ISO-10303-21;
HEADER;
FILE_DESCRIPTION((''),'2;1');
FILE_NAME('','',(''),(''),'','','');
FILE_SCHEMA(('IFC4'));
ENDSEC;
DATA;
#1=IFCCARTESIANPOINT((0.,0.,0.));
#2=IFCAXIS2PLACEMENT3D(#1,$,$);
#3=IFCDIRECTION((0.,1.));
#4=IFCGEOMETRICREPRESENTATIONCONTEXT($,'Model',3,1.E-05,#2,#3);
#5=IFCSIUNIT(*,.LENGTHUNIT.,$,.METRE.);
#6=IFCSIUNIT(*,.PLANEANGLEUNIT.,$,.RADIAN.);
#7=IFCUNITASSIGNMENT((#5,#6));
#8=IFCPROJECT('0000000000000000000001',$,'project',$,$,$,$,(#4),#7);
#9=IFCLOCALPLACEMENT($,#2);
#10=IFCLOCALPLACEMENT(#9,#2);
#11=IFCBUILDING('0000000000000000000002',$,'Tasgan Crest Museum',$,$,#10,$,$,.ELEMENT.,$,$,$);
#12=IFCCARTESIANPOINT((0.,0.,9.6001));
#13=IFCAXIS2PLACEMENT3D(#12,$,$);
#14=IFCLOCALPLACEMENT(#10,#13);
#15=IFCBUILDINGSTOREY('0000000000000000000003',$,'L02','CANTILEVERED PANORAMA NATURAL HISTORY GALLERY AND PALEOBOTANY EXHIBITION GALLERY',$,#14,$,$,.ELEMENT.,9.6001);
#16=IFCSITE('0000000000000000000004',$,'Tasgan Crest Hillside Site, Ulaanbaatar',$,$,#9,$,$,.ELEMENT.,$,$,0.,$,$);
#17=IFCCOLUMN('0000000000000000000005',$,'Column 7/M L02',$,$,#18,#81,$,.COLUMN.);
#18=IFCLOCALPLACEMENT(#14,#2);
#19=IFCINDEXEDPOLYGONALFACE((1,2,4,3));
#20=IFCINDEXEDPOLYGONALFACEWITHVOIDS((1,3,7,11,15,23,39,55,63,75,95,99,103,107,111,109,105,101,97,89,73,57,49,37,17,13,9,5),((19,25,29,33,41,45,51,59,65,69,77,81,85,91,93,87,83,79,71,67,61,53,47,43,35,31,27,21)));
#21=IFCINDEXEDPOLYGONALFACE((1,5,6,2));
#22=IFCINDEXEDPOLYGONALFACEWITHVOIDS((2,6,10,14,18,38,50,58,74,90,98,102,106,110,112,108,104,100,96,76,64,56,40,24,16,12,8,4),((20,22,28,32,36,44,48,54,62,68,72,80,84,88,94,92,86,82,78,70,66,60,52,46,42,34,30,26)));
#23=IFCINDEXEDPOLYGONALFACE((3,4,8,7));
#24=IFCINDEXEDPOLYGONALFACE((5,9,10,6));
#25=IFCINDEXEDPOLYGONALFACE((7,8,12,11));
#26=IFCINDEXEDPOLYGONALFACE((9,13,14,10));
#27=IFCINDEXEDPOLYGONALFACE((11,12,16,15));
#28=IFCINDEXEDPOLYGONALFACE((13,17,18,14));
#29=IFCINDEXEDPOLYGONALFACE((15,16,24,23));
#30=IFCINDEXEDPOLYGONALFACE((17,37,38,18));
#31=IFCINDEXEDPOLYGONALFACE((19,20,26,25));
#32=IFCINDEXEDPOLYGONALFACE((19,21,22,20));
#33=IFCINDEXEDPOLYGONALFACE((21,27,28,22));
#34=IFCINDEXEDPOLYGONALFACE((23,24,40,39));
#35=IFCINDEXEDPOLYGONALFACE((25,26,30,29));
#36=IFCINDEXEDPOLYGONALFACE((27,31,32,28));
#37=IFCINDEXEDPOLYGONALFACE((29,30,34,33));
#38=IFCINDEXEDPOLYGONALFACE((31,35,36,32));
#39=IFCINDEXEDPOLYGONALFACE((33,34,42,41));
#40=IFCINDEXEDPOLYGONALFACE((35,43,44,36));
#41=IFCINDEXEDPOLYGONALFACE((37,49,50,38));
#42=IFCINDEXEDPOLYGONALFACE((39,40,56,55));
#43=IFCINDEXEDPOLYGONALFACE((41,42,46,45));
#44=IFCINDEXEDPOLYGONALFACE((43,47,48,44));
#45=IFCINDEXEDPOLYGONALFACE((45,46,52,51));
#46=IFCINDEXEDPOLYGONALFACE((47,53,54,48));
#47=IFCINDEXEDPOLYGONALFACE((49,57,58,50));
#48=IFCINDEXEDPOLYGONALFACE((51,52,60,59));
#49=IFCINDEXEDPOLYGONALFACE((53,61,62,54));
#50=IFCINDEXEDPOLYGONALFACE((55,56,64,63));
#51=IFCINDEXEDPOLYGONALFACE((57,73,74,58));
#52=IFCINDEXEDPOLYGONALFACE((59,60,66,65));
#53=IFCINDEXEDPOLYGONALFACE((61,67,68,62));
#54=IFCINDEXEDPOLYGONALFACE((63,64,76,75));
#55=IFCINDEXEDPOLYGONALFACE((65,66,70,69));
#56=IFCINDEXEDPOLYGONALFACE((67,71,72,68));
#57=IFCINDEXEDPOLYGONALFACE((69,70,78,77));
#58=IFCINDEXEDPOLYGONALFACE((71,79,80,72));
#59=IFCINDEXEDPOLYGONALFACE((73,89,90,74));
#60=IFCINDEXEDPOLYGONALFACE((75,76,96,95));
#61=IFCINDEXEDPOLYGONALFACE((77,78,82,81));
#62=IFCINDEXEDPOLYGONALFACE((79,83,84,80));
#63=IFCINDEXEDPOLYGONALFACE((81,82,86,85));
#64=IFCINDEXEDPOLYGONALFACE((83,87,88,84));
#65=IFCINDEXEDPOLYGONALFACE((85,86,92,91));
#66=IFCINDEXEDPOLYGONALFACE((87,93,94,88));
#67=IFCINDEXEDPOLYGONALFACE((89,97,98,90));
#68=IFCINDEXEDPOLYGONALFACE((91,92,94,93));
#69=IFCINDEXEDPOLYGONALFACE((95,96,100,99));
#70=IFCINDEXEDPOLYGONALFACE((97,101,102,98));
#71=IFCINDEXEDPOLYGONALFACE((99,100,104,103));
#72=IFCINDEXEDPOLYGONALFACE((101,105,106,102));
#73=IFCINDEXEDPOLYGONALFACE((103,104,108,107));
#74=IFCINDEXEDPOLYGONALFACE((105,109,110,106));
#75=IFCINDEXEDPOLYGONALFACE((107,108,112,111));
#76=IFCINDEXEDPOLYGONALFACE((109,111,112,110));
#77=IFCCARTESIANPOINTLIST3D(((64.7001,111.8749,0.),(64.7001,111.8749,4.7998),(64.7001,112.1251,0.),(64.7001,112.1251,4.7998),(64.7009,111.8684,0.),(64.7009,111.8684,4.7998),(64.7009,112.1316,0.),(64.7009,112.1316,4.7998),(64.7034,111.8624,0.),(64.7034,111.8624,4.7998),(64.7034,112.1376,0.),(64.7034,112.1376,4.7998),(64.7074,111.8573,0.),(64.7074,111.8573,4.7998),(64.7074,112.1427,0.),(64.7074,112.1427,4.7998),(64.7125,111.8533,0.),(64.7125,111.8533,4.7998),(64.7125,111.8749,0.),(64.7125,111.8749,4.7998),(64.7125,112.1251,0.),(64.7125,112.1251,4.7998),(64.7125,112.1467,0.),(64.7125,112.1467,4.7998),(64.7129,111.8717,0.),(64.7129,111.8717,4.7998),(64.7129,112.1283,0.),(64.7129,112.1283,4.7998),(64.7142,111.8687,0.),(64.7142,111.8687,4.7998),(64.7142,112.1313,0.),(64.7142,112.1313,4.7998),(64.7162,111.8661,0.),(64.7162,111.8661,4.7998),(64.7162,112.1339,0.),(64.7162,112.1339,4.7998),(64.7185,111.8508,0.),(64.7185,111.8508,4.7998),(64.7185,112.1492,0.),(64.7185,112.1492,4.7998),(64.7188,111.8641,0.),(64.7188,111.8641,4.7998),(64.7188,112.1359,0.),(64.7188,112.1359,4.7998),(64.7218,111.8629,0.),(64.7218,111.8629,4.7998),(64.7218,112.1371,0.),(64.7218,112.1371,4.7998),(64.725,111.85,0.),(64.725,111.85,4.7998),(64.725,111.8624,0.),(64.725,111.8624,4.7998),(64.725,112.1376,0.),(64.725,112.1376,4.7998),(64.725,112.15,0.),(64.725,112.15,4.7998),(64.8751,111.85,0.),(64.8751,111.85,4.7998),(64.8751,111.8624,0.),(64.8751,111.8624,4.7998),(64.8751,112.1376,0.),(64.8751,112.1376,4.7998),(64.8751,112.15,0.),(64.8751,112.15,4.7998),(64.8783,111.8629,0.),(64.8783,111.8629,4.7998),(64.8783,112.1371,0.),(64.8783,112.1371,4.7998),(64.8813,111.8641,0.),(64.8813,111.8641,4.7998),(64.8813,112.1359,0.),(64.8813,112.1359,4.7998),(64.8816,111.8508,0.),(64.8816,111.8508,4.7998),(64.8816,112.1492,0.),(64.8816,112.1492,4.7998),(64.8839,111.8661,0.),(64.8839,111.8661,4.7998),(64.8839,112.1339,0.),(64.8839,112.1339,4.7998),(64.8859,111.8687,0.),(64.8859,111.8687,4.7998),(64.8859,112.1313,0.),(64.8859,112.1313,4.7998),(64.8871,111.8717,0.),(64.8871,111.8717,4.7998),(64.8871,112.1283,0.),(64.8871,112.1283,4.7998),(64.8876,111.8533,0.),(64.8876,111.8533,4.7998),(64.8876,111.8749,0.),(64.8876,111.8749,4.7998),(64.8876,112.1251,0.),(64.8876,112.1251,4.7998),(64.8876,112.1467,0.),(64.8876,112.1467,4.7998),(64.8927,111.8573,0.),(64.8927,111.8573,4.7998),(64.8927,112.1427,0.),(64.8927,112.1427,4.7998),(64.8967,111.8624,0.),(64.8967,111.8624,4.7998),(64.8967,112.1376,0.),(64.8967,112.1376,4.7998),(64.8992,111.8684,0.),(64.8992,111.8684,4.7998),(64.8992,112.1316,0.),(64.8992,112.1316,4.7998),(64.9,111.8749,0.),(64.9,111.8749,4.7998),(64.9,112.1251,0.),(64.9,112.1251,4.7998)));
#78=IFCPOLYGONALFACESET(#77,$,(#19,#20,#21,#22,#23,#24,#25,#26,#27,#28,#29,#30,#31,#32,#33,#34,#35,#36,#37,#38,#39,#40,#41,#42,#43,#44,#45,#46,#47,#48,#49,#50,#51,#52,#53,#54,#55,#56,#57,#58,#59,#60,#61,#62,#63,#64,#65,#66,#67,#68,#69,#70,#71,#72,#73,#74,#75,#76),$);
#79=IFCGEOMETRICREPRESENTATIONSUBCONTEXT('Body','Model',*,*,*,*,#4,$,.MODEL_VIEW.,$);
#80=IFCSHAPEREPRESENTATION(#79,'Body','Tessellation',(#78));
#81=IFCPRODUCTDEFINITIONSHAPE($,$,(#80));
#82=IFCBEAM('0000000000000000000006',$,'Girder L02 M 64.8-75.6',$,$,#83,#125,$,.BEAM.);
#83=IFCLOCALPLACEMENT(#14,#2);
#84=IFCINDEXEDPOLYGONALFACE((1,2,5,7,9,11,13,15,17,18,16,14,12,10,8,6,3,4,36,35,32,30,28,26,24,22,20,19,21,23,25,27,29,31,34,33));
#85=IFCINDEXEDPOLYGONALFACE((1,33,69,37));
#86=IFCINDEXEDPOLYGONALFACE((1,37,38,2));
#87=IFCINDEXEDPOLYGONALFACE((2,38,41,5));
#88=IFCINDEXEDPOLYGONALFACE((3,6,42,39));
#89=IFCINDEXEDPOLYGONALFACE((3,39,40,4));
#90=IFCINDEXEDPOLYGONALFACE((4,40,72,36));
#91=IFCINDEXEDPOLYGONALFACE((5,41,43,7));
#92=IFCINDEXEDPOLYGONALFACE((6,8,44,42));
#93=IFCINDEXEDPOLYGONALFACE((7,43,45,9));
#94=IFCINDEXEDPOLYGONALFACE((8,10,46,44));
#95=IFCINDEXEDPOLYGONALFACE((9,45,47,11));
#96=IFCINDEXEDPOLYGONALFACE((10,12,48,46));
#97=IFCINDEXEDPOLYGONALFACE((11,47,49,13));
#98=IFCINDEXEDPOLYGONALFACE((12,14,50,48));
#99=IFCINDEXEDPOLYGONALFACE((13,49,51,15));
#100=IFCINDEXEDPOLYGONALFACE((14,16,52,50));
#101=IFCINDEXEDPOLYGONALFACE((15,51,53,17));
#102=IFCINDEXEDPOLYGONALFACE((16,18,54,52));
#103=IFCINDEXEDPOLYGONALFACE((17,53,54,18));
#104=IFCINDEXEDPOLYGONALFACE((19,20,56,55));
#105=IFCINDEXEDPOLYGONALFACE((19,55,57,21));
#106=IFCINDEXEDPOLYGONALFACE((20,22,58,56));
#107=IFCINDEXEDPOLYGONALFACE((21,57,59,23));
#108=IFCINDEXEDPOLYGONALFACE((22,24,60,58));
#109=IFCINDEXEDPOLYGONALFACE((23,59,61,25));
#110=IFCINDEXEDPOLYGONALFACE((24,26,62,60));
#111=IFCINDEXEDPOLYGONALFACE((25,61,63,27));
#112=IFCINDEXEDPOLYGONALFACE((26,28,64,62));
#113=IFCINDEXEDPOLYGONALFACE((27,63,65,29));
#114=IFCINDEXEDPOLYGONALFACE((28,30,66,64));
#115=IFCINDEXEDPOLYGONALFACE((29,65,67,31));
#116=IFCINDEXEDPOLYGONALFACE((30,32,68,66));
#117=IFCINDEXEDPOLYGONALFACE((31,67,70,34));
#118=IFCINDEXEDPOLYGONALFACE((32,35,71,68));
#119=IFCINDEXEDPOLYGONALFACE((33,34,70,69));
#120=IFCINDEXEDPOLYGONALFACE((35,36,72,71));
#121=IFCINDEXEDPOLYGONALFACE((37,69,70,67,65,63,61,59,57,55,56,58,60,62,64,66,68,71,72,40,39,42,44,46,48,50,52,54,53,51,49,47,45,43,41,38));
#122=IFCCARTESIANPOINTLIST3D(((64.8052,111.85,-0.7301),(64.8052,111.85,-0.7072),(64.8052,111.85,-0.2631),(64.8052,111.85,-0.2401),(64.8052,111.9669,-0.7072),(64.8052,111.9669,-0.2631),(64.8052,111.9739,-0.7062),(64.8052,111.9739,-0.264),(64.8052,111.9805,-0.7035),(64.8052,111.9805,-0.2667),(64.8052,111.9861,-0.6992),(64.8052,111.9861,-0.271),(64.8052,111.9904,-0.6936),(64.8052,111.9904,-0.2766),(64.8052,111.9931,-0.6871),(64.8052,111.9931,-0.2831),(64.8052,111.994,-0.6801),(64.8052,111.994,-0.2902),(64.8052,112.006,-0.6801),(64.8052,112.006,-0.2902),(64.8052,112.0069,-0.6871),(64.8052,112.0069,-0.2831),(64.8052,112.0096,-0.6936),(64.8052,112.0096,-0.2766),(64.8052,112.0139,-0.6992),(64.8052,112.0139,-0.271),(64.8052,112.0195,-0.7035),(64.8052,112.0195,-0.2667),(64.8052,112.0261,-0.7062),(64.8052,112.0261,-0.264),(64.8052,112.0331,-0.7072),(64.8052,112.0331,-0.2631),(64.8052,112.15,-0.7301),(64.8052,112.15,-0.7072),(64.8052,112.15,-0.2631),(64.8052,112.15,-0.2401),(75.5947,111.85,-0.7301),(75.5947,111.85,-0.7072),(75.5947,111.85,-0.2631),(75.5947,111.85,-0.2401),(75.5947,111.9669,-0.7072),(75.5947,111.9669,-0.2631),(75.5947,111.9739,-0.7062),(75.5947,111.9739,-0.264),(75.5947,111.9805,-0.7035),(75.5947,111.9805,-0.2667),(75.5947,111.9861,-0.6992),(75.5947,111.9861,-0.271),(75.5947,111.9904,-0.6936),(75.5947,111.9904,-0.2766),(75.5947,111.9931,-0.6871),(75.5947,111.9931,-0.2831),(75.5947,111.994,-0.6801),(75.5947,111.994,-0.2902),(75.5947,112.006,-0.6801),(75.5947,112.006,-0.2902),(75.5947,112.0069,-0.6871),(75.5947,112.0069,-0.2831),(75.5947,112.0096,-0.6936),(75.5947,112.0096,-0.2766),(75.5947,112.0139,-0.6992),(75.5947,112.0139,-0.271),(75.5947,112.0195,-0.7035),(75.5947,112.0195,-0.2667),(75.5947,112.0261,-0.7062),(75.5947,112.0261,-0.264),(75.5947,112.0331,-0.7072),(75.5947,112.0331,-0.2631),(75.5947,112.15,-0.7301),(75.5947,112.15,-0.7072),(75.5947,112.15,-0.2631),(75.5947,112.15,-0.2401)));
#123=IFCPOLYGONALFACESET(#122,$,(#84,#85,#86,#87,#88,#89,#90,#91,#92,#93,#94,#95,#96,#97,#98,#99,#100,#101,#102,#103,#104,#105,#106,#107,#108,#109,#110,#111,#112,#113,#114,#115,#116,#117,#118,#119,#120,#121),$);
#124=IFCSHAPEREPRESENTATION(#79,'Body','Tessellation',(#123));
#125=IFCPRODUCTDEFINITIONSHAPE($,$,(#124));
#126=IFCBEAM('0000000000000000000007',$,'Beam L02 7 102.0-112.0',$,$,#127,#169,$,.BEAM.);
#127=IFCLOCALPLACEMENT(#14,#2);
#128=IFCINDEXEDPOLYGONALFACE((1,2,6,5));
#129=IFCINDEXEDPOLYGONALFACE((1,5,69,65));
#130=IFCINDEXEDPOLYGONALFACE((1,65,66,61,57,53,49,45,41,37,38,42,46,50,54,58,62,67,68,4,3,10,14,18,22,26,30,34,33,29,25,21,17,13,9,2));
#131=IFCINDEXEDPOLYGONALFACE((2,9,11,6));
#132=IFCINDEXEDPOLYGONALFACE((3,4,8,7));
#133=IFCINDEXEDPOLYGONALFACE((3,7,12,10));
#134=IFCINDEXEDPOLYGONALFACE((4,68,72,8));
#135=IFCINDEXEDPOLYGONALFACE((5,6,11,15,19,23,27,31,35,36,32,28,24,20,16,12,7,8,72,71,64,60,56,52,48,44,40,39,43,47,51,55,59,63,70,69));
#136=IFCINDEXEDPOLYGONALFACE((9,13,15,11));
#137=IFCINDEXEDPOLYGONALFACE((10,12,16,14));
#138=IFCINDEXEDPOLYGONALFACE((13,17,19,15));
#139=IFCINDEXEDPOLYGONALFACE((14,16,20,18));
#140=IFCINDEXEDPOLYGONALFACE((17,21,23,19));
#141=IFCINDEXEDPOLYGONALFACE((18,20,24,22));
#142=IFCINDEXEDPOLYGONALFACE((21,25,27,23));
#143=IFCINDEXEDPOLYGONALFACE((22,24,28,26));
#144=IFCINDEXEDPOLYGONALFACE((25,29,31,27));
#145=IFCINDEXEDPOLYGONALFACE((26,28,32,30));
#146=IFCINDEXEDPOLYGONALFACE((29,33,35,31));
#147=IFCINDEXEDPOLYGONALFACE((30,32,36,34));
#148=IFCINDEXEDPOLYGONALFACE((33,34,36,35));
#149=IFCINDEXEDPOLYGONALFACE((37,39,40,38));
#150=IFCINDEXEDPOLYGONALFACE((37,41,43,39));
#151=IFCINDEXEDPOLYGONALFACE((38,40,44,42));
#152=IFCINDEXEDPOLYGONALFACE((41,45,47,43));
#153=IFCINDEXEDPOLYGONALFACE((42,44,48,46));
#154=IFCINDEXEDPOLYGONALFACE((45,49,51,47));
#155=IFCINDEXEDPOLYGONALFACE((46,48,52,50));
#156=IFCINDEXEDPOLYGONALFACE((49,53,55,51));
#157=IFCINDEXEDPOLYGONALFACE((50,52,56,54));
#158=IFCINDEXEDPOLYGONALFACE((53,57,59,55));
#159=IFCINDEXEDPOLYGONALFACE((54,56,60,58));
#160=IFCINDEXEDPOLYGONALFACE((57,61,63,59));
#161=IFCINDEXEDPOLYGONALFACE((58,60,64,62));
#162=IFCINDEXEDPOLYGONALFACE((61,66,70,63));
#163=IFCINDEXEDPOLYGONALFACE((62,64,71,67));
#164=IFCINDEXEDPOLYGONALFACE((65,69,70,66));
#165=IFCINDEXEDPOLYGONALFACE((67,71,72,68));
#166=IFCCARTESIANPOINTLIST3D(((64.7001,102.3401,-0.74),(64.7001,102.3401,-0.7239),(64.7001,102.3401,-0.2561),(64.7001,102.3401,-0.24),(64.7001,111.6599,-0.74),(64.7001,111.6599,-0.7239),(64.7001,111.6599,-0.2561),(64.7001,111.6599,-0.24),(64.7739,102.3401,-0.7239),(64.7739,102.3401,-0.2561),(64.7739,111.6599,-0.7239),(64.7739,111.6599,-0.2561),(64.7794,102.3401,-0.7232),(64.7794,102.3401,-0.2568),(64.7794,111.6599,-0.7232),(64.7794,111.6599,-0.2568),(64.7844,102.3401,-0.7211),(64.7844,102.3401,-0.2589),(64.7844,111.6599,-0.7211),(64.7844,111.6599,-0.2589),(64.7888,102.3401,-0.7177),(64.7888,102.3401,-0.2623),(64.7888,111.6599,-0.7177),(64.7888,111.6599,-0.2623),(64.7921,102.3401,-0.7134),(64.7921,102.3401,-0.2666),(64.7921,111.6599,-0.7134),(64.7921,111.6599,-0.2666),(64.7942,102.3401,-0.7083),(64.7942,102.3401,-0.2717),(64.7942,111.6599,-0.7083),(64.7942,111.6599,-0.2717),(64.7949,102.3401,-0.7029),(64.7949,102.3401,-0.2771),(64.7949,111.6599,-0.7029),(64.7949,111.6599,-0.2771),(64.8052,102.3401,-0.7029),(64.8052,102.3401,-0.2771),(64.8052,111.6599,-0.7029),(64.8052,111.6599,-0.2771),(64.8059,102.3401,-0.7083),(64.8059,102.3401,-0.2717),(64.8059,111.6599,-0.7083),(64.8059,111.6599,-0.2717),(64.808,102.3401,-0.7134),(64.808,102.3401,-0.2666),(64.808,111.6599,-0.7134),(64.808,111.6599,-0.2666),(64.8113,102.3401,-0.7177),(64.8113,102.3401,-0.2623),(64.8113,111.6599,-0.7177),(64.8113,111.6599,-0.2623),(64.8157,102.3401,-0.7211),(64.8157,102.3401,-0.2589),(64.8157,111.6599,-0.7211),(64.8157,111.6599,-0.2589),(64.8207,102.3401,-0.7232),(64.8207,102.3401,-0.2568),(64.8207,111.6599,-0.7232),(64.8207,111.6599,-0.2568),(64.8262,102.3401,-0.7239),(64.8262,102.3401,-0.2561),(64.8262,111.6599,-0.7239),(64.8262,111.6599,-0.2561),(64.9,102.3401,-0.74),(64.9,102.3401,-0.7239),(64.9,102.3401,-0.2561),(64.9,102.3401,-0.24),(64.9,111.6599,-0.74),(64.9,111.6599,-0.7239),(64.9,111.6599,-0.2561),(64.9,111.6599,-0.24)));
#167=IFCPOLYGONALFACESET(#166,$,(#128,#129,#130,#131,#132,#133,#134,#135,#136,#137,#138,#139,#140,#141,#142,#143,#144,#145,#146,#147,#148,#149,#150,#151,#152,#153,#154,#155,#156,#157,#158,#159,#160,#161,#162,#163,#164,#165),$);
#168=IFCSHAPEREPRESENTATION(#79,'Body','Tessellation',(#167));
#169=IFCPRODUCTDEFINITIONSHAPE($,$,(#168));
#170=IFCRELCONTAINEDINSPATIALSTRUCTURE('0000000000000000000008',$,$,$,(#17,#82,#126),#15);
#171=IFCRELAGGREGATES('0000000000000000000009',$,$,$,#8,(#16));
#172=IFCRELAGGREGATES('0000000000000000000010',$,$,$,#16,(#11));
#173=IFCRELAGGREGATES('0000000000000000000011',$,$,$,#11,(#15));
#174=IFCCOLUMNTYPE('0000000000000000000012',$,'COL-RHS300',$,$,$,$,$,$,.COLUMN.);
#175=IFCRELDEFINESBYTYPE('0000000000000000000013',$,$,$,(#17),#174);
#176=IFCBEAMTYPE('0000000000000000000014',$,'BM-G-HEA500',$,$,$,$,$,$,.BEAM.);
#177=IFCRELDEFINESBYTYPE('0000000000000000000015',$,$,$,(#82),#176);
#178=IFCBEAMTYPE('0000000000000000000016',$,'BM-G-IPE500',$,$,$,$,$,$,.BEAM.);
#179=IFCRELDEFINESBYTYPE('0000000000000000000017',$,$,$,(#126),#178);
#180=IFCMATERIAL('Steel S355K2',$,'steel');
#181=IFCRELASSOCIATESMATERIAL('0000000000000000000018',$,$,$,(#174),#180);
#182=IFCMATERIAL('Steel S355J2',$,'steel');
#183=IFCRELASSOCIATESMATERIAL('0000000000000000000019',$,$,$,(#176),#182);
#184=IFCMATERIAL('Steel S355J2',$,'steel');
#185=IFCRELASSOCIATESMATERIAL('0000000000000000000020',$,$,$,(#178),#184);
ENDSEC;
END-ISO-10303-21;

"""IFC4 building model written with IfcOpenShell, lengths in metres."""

from ifc_helpers import new_model, si_unit, direction, frame, origin, origin_2d, place, context, subcontext, project, spatial, hollow_rectangle, i_section, extrude, material, material_profile, profile_set, type_object, element, save


model = new_model("IFC4")

# Units and contexts
model_context = context("Model", 3, precision=1e-05, world=origin(), true_north=direction((0.0, 1.0)))
body_context = subcontext(model_context, "Body", "Model", "MODEL_VIEW")
ifc_project = project(units=[si_unit("LENGTHUNIT", "METRE"), si_unit("PLANEANGLEUNIT", "RADIAN")], contexts=[model_context])

# Site, building, storey
site_placement = place(None, origin())
site = spatial("IfcSite", under=ifc_project, at=site_placement, Name="Tasgan Crest Hillside Site, Ulaanbaatar", CompositionType="ELEMENT", RefElevation=0.0)
building_placement = place(site_placement, origin())
building = spatial("IfcBuilding", under=site, at=building_placement, Name="Tasgan Crest Museum", CompositionType="ELEMENT")
storey_placement = place(building_placement, frame((0.0, 0.0, 9.6001)))
storey = spatial("IfcBuildingStorey", under=building, at=storey_placement, Name="L02", Description="CANTILEVERED PANORAMA NATURAL HISTORY GALLERY AND PALEOBOTANY EXHIBITION GALLERY", CompositionType="ELEMENT", Elevation=9.6001)

# Column
ifc_material_1 = material(Name="Steel S355K2", Category="steel")
ifc_material_profile_1 = material_profile(ifc_material_1, hollow_rectangle(XDim=0.2, YDim=0.3, WallThickness=0.0125, InnerFilletRadius=0.0125, OuterFilletRadius=0.0249, at=origin_2d()), Name="RHS 300x200x12.5")
ifc_profile_set_1 = profile_set([ifc_material_profile_1], Name="Steel S355K2")
column_type = type_object("IfcColumnType", Name="COL-RHS300", PredefinedType="COLUMN", material=ifc_profile_set_1)
column_placement = place(storey_placement, frame((64.8, 112.0, 0.0), z_axis=(0.0, 0.0, 1.0), x_axis=(1.0, 0.0, 0.0)))
element("IfcColumn", 1, at=column_placement, inside=storey, type_object=column_type, Name="Column 7/M L02", PredefinedType="COLUMN", context=body_context, shape_type="SweptSolid", body=[
    extrude(hollow_rectangle(XDim=0.2, YDim=0.3, WallThickness=0.0125, InnerFilletRadius=0.0125, OuterFilletRadius=0.0249, at=origin_2d()), origin(), (0.0, 0.0, 1.0), 4.7998),
])

# Beams
ifc_material_2 = material(Name="Steel S355J2", Category="steel")
ifc_material_profile_2 = material_profile(ifc_material_2, i_section(OverallWidth=0.3, OverallDepth=0.49, WebThickness=0.012, FlangeThickness=0.0229, FilletRadius=0.0271, at=origin_2d()), Name="HEA 500")
ifc_profile_set_2 = profile_set([ifc_material_profile_2], Name="Steel S355J2")
beam_type_1 = type_object("IfcBeamType", Name="BM-G-HEA500", PredefinedType="BEAM", material=ifc_profile_set_2)
beam_1_placement = place(storey_placement, frame((64.8052, 112.0, -0.4851), z_axis=(1.0, 0.0, 0.0), x_axis=(0.0, 1.0, 0.0)))
element("IfcBeam", 2, at=beam_1_placement, inside=storey, type_object=beam_type_1, Name="Girder L02 M 64.8-75.6", PredefinedType="BEAM", context=body_context, shape_type="SweptSolid", body=[
    extrude(i_section(OverallWidth=0.3, OverallDepth=0.49, WebThickness=0.012, FlangeThickness=0.0229, FilletRadius=0.0271, at=origin_2d()), origin(), (0.0, 0.0, 1.0), 10.7896),
])
ifc_material_3 = material(Name="Steel S355J2", Category="steel")
ifc_material_profile_3 = material_profile(ifc_material_3, i_section(OverallWidth=0.2, OverallDepth=0.5, WebThickness=0.0103, FlangeThickness=0.0161, FilletRadius=0.021, at=origin_2d()), Name="IPE 500")
ifc_profile_set_3 = profile_set([ifc_material_profile_3], Name="Steel S355J2")
beam_type_2 = type_object("IfcBeamType", Name="BM-G-IPE500", PredefinedType="BEAM", material=ifc_profile_set_3)
beam_2_placement = place(storey_placement, frame((64.8, 102.3401, -0.49), z_axis=(0.0, 1.0, 0.0), x_axis=(-1.0, 0.0, 0.0)))
element("IfcBeam", 3, at=beam_2_placement, inside=storey, type_object=beam_type_2, Name="Beam L02 7 102.0-112.0", PredefinedType="BEAM", context=body_context, shape_type="SweptSolid", body=[
    extrude(i_section(OverallWidth=0.2, OverallDepth=0.5, WebThickness=0.0103, FlangeThickness=0.0161, FilletRadius=0.021, at=origin_2d()), origin(), (0.0, 0.0, 1.0), 9.3198),
])

save(model, "model.ifc")
